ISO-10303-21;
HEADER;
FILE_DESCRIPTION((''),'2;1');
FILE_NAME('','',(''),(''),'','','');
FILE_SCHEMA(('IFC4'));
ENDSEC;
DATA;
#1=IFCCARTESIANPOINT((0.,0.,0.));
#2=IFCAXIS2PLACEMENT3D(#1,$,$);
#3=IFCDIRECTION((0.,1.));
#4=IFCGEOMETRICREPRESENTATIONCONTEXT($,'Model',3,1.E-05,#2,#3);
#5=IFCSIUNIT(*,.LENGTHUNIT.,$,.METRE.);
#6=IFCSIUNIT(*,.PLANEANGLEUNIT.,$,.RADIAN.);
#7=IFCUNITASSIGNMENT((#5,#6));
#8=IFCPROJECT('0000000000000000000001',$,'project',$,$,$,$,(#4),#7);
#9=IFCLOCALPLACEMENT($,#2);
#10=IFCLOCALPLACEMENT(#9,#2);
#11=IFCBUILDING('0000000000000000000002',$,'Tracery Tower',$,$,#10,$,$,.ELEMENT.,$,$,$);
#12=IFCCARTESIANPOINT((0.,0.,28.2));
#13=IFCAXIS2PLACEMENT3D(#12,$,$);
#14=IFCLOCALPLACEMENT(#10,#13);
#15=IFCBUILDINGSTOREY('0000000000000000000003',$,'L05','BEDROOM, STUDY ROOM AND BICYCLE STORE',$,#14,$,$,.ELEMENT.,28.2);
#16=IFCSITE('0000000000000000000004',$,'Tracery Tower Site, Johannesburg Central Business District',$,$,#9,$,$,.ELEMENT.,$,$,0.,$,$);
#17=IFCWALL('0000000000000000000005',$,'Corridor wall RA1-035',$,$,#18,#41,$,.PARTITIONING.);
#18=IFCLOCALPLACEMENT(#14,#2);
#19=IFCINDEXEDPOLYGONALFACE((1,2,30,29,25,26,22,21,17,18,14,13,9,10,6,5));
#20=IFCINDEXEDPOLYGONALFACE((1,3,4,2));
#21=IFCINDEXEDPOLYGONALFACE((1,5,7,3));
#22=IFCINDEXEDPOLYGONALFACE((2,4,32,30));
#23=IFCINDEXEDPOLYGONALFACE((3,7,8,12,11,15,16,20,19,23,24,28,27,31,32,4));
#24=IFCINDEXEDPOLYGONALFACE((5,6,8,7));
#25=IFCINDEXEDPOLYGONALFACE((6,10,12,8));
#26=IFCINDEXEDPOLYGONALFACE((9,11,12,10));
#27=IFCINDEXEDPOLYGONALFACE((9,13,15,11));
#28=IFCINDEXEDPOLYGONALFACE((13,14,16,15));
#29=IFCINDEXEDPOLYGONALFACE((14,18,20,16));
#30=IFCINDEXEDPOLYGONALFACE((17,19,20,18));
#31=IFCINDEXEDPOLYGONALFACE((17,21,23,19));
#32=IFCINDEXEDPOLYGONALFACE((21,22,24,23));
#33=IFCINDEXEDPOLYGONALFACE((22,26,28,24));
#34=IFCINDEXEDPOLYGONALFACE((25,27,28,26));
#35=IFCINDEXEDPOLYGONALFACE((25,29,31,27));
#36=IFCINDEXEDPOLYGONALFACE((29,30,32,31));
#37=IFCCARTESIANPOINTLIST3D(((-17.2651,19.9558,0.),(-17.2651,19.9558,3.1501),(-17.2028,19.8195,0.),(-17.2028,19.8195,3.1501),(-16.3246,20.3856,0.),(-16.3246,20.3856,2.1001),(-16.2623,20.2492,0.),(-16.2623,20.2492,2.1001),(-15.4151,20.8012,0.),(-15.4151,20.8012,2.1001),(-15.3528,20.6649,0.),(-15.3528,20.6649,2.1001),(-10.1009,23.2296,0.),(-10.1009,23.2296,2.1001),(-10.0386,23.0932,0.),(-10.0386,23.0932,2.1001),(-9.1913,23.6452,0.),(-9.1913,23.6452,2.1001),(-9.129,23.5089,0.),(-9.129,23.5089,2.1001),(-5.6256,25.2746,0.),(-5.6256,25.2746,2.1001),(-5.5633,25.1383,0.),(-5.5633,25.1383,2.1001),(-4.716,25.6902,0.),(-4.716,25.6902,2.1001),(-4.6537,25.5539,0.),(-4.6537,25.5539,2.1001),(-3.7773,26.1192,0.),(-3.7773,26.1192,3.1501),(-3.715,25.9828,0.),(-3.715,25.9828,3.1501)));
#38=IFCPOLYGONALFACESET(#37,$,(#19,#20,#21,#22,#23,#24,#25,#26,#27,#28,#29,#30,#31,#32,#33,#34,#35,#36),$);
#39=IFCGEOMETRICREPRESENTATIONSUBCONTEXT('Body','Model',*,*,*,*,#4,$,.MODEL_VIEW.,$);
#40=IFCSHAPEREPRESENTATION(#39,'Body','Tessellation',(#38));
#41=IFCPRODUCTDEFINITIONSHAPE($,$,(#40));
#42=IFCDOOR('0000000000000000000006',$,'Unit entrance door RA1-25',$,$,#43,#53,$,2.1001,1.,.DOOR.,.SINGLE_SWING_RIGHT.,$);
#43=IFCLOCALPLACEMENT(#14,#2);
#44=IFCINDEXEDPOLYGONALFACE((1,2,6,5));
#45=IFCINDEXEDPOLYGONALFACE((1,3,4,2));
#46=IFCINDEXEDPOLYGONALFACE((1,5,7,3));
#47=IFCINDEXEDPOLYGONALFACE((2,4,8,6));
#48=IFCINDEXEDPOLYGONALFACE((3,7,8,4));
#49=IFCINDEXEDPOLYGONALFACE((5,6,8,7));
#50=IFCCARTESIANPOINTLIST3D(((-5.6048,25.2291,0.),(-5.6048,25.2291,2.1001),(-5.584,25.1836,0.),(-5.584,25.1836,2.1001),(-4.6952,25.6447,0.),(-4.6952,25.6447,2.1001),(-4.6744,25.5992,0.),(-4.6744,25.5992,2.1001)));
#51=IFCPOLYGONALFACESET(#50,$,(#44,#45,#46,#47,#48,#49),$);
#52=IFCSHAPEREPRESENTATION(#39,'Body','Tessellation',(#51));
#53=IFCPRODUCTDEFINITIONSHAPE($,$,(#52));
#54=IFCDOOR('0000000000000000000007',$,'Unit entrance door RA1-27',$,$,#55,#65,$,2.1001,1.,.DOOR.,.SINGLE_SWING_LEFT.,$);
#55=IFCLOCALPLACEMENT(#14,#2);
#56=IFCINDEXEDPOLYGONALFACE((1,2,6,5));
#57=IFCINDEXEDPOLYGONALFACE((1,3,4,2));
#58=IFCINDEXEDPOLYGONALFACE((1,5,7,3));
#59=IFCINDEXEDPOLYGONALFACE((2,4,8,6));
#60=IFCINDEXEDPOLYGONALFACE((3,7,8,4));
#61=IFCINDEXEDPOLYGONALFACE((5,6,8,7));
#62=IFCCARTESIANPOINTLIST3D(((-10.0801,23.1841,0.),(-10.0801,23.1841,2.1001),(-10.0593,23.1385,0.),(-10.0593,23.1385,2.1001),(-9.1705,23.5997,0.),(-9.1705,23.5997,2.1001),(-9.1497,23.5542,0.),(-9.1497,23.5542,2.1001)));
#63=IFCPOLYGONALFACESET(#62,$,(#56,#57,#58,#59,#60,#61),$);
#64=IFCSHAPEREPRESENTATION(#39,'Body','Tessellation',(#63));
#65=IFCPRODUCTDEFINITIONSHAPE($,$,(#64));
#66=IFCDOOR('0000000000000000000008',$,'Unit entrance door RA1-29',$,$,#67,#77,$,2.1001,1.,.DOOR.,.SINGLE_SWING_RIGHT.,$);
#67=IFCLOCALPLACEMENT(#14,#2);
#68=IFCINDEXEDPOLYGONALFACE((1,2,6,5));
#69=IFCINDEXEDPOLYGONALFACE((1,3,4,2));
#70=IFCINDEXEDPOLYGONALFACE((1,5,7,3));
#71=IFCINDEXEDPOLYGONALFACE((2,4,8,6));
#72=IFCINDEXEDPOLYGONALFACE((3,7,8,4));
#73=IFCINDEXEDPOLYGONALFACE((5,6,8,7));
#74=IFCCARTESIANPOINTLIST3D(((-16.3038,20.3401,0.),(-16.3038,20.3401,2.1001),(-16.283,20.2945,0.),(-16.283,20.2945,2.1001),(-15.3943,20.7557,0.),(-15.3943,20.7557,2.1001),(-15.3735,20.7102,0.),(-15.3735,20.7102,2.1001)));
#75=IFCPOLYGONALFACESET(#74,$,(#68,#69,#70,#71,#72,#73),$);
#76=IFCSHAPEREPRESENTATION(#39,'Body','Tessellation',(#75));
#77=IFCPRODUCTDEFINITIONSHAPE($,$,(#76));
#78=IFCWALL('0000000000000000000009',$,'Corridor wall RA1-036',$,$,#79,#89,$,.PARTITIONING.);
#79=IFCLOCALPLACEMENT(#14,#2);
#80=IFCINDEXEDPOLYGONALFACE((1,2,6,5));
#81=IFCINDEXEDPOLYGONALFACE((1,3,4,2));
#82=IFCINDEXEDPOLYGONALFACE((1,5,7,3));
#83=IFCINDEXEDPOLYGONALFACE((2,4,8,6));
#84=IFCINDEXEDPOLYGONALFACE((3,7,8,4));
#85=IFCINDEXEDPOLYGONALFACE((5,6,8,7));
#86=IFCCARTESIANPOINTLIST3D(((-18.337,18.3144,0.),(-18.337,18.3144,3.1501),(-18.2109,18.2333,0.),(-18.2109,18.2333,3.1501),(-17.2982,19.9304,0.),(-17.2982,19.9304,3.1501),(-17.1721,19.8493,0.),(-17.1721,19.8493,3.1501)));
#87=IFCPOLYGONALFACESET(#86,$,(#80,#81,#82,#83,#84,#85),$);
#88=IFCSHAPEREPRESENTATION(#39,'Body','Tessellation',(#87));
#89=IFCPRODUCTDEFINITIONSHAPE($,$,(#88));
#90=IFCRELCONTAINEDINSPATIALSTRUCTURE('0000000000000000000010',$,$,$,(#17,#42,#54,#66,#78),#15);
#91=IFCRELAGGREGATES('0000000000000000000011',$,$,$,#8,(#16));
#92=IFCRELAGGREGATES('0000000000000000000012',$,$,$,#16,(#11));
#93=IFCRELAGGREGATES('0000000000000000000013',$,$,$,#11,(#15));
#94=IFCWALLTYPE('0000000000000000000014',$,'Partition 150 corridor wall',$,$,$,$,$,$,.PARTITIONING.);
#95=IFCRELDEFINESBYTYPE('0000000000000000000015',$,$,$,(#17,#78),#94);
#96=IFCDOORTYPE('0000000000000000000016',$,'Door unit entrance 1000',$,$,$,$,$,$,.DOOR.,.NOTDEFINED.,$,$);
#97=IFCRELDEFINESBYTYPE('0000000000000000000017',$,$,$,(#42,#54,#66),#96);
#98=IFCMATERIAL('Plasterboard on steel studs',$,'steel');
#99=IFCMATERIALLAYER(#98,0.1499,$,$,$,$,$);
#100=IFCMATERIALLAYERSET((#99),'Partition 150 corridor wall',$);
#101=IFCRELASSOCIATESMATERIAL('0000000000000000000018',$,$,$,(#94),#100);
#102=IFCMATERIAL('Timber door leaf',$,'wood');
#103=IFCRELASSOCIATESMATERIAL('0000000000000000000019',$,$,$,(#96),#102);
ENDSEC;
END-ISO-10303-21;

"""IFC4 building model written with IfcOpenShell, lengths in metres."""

from ifc_helpers import new_model, si_unit, direction, frame, frame_2d, origin, place, context, subcontext, project, spatial, rectangle, extrude, material, layer, layer_set, type_object, element, fill, save


model = new_model("IFC4")

# Units and contexts
model_context = context("Model", 3, precision=1e-05, world=origin(), true_north=direction((0.0, 1.0)))
body_context = subcontext(model_context, "Body", "Model", "MODEL_VIEW")
ifc_project = project(units=[si_unit("LENGTHUNIT", "METRE"), si_unit("PLANEANGLEUNIT", "RADIAN")], contexts=[model_context])

# Site, building, storey
site_placement = place(None, origin())
site = spatial("IfcSite", under=ifc_project, at=site_placement, Name="Tracery Tower Site, Johannesburg Central Business District", CompositionType="ELEMENT", RefElevation=0.0)
building_placement = place(site_placement, origin())
building = spatial("IfcBuilding", under=site, at=building_placement, Name="Tracery Tower", CompositionType="ELEMENT")
storey_placement = place(building_placement, frame((0.0, 0.0, 28.2)))
storey = spatial("IfcBuildingStorey", under=building, at=storey_placement, Name="L05", Description="BEDROOM, STUDY ROOM AND BICYCLE STORE", CompositionType="ELEMENT", Elevation=28.2)

# Wall, openings, doors
ifc_material_1 = material(Name="Plasterboard on steel studs", Category="steel")
ifc_layer_1 = layer(ifc_material_1, 0.1499)
ifc_layer_set_1 = layer_set([ifc_layer_1], Name="Partition 150 corridor wall")
wall_type_1 = type_object("IfcWallType", Name="Partition 150 corridor wall", PredefinedType="PARTITIONING", material=ifc_layer_set_1)
wall_1_placement = place(storey_placement, frame((-17.2339, 19.8877, 0.0), z_axis=(0.0, 0.0, 1.0), x_axis=(0.909539, 0.415619, 0.0)))
wall_1 = element("IfcWall", 1, at=wall_1_placement, inside=storey, type_object=wall_type_1, Name="Corridor wall RA1-035", PredefinedType="PARTITIONING", context=body_context, shape_type="SweptSolid", body=[
    extrude(rectangle(XDim=14.8293, YDim=0.1499, at=frame_2d((7.4146, 0.0))), origin(), (0.0, 0.0, 1.0), 3.1501),
])
opening_1_placement = place(wall_1_placement, frame((12.7971, 0.0, 0.0)))
opening_1 = element("IfcOpeningElement", 2, at=opening_1_placement, cuts=wall_1, PredefinedType="OPENING", context=body_context, shape_type="SweptSolid", body=[
    extrude(rectangle(XDim=1.0, YDim=2.1001, at=frame_2d((0.5, 1.05))), frame((0.0, 0.075, 0.0), z_axis=(0.0, -1.0, 0.0), x_axis=(1.0, 0.0, 0.0)), (0.0, 0.0, 1.0), 0.1499),
])
opening_2_placement = place(wall_1_placement, frame((7.8767, 0.0, 0.0)))
opening_2 = element("IfcOpeningElement", 3, at=opening_2_placement, cuts=wall_1, PredefinedType="OPENING", context=body_context, shape_type="SweptSolid", body=[
    extrude(rectangle(XDim=1.0, YDim=2.1001, at=frame_2d((0.5, 1.05))), frame((0.0, 0.075, 0.0), z_axis=(0.0, -1.0, 0.0), x_axis=(1.0, 0.0, 0.0)), (0.0, 0.0, 1.0), 0.1499),
])
opening_3_placement = place(wall_1_placement, frame((1.0339, 0.0, 0.0)))
opening_3 = element("IfcOpeningElement", 4, at=opening_3_placement, cuts=wall_1, PredefinedType="OPENING", context=body_context, shape_type="SweptSolid", body=[
    extrude(rectangle(XDim=1.0, YDim=2.1001, at=frame_2d((0.5, 1.05))), frame((0.0, 0.075, 0.0), z_axis=(0.0, -1.0, 0.0), x_axis=(1.0, 0.0, 0.0)), (0.0, 0.0, 1.0), 0.1499),
])
ifc_material_2 = material(Name="Timber door leaf", Category="wood")
door_type_1 = type_object("IfcDoorType", Name="Door unit entrance 1000", OperationType="NOTDEFINED", PredefinedType="DOOR", material=ifc_material_2)
door_1_placement = place(opening_1_placement, origin())
door_1 = element("IfcDoor", 5, at=door_1_placement, inside=storey, type_object=door_type_1, Name="Unit entrance door RA1-25", OperationType="SINGLE_SWING_RIGHT", OverallHeight=2.1001, OverallWidth=1.0, PredefinedType="DOOR", context=body_context, shape_type="SweptSolid", body=[
    extrude(rectangle(XDim=1.0, YDim=2.1001, at=frame_2d((0.5, 1.05))), frame((0.0, 0.0249, 0.0), z_axis=(0.0, -1.0, 0.0), x_axis=(1.0, 0.0, 0.0)), (0.0, 0.0, 1.0), 0.05),
])
fill(opening_1, door_1)
door_2_placement = place(opening_2_placement, origin())
door_2 = element("IfcDoor", 6, at=door_2_placement, inside=storey, type_object=door_type_1, Name="Unit entrance door RA1-27", OperationType="SINGLE_SWING_LEFT", OverallHeight=2.1001, OverallWidth=1.0, PredefinedType="DOOR", context=body_context, shape_type="SweptSolid", body=[
    extrude(rectangle(XDim=1.0, YDim=2.1001, at=frame_2d((0.5, 1.05))), frame((0.0, 0.0249, 0.0), z_axis=(0.0, -1.0, 0.0), x_axis=(1.0, 0.0, 0.0)), (0.0, 0.0, 1.0), 0.05),
])
fill(opening_2, door_2)
door_3_placement = place(opening_3_placement, origin())
door_3 = element("IfcDoor", 7, at=door_3_placement, inside=storey, type_object=door_type_1, Name="Unit entrance door RA1-29", OperationType="SINGLE_SWING_RIGHT", OverallHeight=2.1001, OverallWidth=1.0, PredefinedType="DOOR", context=body_context, shape_type="SweptSolid", body=[
    extrude(rectangle(XDim=1.0, YDim=2.1001, at=frame_2d((0.5, 1.05))), frame((0.0, 0.0249, 0.0), z_axis=(0.0, -1.0, 0.0), x_axis=(1.0, 0.0, 0.0)), (0.0, 0.0, 1.0), 0.05),
])
fill(opening_3, door_3)

# Wall
wall_2_placement = place(storey_placement, frame((-18.2739, 18.2739, 0.0), z_axis=(0.0, 0.0, 1.0), x_axis=(0.540751, 0.841183, 0.0)))
element("IfcWall", 8, at=wall_2_placement, inside=storey, type_object=wall_type_1, Name="Corridor wall RA1-036", PredefinedType="PARTITIONING", context=body_context, shape_type="SweptSolid", body=[
    extrude(rectangle(XDim=1.9211, YDim=0.1499, at=frame_2d((0.9604, 0.0))), origin(), (0.0, 0.0, 1.0), 3.1501),
])

save(model, "model.ifc")
